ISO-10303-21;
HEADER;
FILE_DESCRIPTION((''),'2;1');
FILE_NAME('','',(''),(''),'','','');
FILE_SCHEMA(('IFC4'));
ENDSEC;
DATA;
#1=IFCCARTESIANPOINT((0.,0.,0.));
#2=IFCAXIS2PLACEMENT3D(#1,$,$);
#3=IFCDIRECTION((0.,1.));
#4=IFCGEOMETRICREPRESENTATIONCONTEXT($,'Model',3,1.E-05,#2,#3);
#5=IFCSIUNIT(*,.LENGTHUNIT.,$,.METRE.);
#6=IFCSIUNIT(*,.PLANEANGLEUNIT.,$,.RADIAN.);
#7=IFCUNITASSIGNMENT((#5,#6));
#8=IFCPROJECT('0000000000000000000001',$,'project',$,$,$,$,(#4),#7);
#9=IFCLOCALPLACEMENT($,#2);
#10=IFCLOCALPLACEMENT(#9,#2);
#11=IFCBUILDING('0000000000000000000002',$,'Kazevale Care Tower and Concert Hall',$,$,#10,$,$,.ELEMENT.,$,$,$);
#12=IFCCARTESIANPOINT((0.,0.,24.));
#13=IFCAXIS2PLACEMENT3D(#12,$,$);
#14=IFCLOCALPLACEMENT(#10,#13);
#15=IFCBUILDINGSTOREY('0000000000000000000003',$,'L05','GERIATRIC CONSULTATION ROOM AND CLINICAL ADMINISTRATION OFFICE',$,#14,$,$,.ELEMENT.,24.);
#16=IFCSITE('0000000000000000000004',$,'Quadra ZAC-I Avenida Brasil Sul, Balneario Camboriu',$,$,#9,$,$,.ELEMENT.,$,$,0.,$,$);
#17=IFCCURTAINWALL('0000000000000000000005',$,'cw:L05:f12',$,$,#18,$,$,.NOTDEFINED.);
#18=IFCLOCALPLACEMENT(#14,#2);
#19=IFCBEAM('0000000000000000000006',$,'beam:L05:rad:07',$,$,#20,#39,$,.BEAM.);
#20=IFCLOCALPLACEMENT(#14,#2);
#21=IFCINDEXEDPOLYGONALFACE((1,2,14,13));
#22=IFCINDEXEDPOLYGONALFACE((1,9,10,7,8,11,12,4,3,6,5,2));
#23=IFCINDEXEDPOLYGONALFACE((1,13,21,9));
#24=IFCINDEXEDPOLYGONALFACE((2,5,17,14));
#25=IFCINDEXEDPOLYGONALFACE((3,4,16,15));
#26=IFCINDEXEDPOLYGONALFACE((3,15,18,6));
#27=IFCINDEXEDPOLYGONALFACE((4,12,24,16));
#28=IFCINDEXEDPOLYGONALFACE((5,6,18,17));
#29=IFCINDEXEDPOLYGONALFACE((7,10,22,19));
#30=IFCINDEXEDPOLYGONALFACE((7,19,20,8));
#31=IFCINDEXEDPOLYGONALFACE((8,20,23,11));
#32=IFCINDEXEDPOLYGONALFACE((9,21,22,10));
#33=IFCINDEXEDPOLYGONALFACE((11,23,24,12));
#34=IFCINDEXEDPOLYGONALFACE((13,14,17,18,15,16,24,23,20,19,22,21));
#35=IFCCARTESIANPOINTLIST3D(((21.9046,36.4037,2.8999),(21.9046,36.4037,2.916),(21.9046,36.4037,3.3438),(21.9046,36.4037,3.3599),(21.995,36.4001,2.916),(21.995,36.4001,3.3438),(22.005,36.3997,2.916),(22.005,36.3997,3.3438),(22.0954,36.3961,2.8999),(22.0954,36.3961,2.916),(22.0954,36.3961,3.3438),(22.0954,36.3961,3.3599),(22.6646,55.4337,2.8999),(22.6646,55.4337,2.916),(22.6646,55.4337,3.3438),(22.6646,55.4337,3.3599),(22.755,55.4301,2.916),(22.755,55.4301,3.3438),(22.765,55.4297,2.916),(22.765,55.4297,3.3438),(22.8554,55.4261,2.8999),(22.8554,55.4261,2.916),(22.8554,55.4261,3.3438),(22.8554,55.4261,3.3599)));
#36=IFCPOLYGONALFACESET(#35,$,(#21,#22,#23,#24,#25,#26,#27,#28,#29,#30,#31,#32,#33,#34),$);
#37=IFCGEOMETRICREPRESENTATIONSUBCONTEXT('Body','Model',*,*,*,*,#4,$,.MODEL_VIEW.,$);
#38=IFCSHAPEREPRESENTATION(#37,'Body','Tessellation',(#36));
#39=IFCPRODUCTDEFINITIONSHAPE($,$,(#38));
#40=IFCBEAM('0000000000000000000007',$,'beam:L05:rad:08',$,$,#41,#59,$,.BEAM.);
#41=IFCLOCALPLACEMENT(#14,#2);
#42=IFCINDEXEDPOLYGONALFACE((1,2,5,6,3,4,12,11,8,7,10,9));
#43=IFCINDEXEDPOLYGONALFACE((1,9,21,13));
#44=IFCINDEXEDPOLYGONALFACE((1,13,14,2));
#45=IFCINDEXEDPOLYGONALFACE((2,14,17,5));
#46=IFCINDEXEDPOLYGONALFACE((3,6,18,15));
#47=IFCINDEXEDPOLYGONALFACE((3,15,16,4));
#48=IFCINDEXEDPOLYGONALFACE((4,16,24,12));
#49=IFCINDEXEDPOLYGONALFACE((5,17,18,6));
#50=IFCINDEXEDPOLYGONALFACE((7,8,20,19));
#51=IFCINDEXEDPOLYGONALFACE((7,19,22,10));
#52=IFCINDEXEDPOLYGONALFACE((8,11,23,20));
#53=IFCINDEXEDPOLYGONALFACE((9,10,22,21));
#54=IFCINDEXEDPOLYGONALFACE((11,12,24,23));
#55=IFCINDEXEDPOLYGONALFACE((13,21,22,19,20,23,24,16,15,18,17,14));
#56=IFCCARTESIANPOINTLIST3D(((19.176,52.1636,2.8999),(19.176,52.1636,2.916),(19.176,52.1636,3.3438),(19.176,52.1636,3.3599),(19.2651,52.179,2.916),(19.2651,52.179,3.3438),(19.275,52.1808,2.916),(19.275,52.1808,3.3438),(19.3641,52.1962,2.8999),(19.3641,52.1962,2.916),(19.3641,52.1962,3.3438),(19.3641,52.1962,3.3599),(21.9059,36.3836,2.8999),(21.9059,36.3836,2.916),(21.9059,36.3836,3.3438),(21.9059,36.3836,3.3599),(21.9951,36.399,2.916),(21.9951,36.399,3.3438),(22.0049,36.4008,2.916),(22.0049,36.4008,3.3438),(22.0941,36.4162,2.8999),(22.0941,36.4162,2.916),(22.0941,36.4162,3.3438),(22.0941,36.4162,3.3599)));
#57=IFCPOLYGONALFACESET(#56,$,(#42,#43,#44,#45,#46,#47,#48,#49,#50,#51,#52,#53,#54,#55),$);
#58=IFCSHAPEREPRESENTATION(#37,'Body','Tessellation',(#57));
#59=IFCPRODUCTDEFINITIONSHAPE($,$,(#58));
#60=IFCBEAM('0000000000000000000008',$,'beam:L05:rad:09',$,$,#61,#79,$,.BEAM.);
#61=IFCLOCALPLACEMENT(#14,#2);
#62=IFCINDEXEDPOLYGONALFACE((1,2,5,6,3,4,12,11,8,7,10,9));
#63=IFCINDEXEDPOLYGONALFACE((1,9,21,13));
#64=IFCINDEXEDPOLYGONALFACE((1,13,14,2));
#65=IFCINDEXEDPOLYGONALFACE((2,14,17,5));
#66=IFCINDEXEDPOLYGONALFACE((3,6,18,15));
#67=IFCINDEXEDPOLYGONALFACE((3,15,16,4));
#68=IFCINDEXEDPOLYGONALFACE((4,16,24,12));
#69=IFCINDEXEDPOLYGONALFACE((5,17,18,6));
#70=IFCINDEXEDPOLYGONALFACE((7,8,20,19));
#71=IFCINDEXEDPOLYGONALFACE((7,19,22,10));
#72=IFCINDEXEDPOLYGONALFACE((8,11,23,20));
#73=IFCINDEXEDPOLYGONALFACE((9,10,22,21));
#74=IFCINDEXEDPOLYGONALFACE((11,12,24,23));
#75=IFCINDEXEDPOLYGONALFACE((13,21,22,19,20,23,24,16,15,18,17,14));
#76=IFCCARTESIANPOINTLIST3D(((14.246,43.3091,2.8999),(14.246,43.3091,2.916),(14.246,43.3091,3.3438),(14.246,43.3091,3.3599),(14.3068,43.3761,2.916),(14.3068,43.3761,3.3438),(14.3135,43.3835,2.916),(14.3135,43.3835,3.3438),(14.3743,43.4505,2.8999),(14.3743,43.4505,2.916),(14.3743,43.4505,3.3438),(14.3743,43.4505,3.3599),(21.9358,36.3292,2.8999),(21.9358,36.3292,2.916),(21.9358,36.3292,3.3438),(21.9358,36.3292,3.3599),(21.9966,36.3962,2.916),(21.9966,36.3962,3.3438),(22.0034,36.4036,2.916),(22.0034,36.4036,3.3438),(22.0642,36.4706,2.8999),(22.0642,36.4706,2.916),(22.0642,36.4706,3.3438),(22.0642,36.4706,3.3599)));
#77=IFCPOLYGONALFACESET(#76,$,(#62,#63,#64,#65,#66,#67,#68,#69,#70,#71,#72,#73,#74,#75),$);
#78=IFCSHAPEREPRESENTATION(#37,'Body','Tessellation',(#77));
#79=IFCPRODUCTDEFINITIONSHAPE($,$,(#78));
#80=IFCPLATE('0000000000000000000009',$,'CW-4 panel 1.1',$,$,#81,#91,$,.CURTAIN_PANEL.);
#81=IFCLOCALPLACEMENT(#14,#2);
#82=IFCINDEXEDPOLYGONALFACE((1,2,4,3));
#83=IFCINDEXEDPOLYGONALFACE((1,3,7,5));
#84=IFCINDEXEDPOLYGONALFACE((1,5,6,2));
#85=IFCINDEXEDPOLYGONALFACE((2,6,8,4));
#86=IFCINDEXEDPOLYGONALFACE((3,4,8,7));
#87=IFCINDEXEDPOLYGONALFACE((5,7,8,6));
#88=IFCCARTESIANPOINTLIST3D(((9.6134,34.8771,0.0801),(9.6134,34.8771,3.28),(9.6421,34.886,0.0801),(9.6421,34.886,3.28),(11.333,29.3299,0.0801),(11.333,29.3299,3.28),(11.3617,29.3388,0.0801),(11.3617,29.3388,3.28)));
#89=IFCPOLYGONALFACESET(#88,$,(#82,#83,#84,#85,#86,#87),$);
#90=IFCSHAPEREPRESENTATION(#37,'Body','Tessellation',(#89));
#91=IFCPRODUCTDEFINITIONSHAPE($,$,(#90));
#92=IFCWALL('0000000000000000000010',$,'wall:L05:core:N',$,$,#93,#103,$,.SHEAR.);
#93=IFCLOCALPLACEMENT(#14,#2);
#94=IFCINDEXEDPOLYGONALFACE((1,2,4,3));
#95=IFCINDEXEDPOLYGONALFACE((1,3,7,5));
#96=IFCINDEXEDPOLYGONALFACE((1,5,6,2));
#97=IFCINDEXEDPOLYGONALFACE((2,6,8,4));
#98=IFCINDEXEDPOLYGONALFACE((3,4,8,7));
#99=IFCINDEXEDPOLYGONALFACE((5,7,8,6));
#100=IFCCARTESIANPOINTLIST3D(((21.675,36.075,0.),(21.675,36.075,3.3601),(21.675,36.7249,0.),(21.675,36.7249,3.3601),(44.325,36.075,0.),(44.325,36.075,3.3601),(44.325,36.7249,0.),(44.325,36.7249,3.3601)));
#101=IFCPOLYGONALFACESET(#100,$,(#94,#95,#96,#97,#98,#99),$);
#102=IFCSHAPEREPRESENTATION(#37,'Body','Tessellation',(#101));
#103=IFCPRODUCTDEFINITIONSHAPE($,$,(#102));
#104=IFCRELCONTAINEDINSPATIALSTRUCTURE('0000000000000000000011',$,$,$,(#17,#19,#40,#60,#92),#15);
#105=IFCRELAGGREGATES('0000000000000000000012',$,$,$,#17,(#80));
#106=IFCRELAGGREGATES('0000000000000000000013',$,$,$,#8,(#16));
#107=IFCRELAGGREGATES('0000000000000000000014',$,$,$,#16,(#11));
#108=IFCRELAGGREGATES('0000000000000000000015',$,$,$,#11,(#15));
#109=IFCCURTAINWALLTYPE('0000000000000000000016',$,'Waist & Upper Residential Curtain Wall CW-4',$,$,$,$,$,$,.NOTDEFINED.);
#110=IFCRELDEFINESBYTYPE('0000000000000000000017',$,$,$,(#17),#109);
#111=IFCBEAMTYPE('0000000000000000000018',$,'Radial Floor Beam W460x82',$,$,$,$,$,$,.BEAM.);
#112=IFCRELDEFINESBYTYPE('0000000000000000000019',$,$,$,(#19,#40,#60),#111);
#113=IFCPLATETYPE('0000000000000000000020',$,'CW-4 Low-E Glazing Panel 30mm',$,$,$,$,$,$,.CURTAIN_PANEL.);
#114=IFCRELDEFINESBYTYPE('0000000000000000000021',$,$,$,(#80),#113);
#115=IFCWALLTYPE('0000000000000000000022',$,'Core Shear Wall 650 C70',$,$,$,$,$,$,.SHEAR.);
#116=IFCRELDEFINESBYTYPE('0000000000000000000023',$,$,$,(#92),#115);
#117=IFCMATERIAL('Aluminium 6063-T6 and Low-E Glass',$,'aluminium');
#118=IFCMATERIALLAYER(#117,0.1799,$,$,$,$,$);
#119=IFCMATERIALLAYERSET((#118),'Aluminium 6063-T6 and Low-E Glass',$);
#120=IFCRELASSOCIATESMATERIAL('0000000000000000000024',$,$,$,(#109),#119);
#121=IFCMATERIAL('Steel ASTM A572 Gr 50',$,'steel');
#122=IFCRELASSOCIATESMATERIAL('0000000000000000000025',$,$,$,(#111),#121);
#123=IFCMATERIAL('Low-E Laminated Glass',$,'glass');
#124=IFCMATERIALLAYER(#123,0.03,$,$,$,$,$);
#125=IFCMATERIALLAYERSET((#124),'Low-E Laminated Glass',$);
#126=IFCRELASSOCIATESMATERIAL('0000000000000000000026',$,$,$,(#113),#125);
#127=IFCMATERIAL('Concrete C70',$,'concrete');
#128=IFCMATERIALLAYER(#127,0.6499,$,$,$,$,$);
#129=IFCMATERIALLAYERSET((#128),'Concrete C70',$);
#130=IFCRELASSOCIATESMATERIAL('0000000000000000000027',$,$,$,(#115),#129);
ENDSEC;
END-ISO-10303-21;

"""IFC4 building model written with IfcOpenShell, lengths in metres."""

from ifc_helpers import new_model, si_unit, direction, frame, frame_2d, origin, origin_2d, place, context, subcontext, project, spatial, rectangle, i_section, extrude, material, layer, layer_set, material_profile, profile_set, type_object, element, aggregate, save


model = new_model("IFC4")

# Units and contexts
model_context = context("Model", 3, precision=1e-05, world=origin(), true_north=direction((0.0, 1.0)))
body_context = subcontext(model_context, "Body", "Model", "MODEL_VIEW")
ifc_project = project(units=[si_unit("LENGTHUNIT", "METRE"), si_unit("PLANEANGLEUNIT", "RADIAN")], contexts=[model_context])

# Site, building, storey
site_placement = place(None, origin())
site = spatial("IfcSite", under=ifc_project, at=site_placement, Name="Quadra ZAC-I Avenida Brasil Sul, Balneario Camboriu", CompositionType="ELEMENT", RefElevation=0.0)
building_placement = place(site_placement, origin())
building = spatial("IfcBuilding", under=site, at=building_placement, Name="Kazevale Care Tower and Concert Hall", CompositionType="ELEMENT")
storey_placement = place(building_placement, frame((0.0, 0.0, 24.0)))
storey = spatial("IfcBuildingStorey", under=building, at=storey_placement, Name="L05", Description="GERIATRIC CONSULTATION ROOM AND CLINICAL ADMINISTRATION OFFICE", CompositionType="ELEMENT", Elevation=24.0)

# Shared definitions
ifc_material_1 = material(Name="Concrete C70", Category="concrete")

# Shared definitions
ifc_material_2 = material(Name="Aluminium 6063-T6 and Low-E Glass", Category="aluminium")
ifc_layer_1 = layer(ifc_material_2, 0.1799)
ifc_layer_set_1 = layer_set([ifc_layer_1], Name="Aluminium 6063-T6 and Low-E Glass")
curtain_wall_type = type_object("IfcCurtainWallType", Name="Waist & Upper Residential Curtain Wall CW-4", PredefinedType="NOTDEFINED", material=ifc_layer_set_1)

# Curtain wall
curtain_wall_1_placement = place(storey_placement, origin())
curtain_wall_1 = element("IfcCurtainWall", 1, at=curtain_wall_1_placement, inside=storey, type_object=curtain_wall_type, Name="cw:L05:f12", PredefinedType="NOTDEFINED")

# Beams
ifc_material_3 = material(Name="Steel ASTM A572 Gr 50", Category="steel")
ifc_material_profile_1 = material_profile(ifc_material_3, i_section(OverallWidth=0.1909, OverallDepth=0.46, WebThickness=0.01, FlangeThickness=0.0161, at=origin_2d()), Name="W460x82")
ifc_profile_set_1 = profile_set([ifc_material_profile_1], Name="Steel ASTM A572 Gr 50")
beam_type_1 = type_object("IfcBeamType", Name="Radial Floor Beam W460x82", PredefinedType="BEAM", material=ifc_profile_set_1)
beam_1_placement = place(storey_placement, frame((22.0, 36.3999, 3.1299), z_axis=(0.039906, 0.999203, 0.0), x_axis=(-0.999203, 0.039906, 0.0)))
element("IfcBeam", 2, at=beam_1_placement, inside=storey, type_object=beam_type_1, Name="beam:L05:rad:07", PredefinedType="BEAM", context=body_context, shape_type="SweptSolid", body=[
    extrude(i_section(OverallWidth=0.1909, OverallDepth=0.46, WebThickness=0.01, FlangeThickness=0.0161, at=origin_2d()), origin(), (0.0, 0.0, 1.0), 19.0452),
])
beam_2_placement = place(storey_placement, frame((22.0, 36.3999, 3.1299), z_axis=(-0.17047, 0.985363, 0.0), x_axis=(-0.985363, -0.17047, 0.0)))
element("IfcBeam", 3, at=beam_2_placement, inside=storey, type_object=beam_type_1, Name="beam:L05:rad:08", PredefinedType="BEAM", context=body_context, shape_type="SweptSolid", body=[
    extrude(i_section(OverallWidth=0.1909, OverallDepth=0.46, WebThickness=0.01, FlangeThickness=0.0161, at=origin_2d()), origin(), (0.0, 0.0, 1.0), 16.0144),
])
beam_3_placement = place(storey_placement, frame((22.0, 36.3999, 3.1299), z_axis=(-0.740461, 0.672099, 0.0), x_axis=(-0.672099, -0.740461, 0.0)))
element("IfcBeam", 4, at=beam_3_placement, inside=storey, type_object=beam_type_1, Name="beam:L05:rad:09", PredefinedType="BEAM", context=body_context, shape_type="SweptSolid", body=[
    extrude(i_section(OverallWidth=0.1909, OverallDepth=0.46, WebThickness=0.01, FlangeThickness=0.0161, at=origin_2d()), origin(), (0.0, 0.0, 1.0), 10.3853),
])

# Plate
ifc_material_4 = material(Name="Low-E Laminated Glass", Category="glass")
ifc_layer_2 = layer(ifc_material_4, 0.03)
ifc_layer_set_2 = layer_set([ifc_layer_2], Name="Low-E Laminated Glass")
plate_type = type_object("IfcPlateType", Name="CW-4 Low-E Glazing Panel 30mm", PredefinedType="CURTAIN_PANEL", material=ifc_layer_set_2)
plate_placement = place(storey_placement, frame((10.4875, 32.1079, 0.0801), z_axis=(0.0, 0.0, 1.0), x_axis=(-0.296099, 0.955157, 0.0)))
plate = element("IfcPlate", 5, at=plate_placement, type_object=plate_type, Name="CW-4 panel 1.1", PredefinedType="CURTAIN_PANEL", context=body_context, shape_type="SweptSolid", body=[
    extrude(rectangle(XDim=5.8076, YDim=0.03, at=origin_2d()), origin(), (0.0, 0.0, 1.0), 3.2),
])
aggregate(curtain_wall_1, [plate])

# Wall
ifc_layer_3 = layer(ifc_material_1, 0.6499)
ifc_layer_set_3 = layer_set([ifc_layer_3], Name="Concrete C70")
wall_type = type_object("IfcWallType", Name="Core Shear Wall 650 C70", PredefinedType="SHEAR", material=ifc_layer_set_3)
wall_placement = place(storey_placement, frame((21.675, 36.3999, 0.0), z_axis=(0.0, 0.0, 1.0), x_axis=(1.0, 0.0, 0.0)))
element("IfcWall", 6, at=wall_placement, inside=storey, type_object=wall_type, Name="wall:L05:core:N", PredefinedType="SHEAR", context=body_context, shape_type="SweptSolid", body=[
    extrude(rectangle(XDim=22.6499, YDim=0.6499, at=frame_2d((11.325, 0.0))), origin(), (0.0, 0.0, 1.0), 3.3601),
])

save(model, "model.ifc")
